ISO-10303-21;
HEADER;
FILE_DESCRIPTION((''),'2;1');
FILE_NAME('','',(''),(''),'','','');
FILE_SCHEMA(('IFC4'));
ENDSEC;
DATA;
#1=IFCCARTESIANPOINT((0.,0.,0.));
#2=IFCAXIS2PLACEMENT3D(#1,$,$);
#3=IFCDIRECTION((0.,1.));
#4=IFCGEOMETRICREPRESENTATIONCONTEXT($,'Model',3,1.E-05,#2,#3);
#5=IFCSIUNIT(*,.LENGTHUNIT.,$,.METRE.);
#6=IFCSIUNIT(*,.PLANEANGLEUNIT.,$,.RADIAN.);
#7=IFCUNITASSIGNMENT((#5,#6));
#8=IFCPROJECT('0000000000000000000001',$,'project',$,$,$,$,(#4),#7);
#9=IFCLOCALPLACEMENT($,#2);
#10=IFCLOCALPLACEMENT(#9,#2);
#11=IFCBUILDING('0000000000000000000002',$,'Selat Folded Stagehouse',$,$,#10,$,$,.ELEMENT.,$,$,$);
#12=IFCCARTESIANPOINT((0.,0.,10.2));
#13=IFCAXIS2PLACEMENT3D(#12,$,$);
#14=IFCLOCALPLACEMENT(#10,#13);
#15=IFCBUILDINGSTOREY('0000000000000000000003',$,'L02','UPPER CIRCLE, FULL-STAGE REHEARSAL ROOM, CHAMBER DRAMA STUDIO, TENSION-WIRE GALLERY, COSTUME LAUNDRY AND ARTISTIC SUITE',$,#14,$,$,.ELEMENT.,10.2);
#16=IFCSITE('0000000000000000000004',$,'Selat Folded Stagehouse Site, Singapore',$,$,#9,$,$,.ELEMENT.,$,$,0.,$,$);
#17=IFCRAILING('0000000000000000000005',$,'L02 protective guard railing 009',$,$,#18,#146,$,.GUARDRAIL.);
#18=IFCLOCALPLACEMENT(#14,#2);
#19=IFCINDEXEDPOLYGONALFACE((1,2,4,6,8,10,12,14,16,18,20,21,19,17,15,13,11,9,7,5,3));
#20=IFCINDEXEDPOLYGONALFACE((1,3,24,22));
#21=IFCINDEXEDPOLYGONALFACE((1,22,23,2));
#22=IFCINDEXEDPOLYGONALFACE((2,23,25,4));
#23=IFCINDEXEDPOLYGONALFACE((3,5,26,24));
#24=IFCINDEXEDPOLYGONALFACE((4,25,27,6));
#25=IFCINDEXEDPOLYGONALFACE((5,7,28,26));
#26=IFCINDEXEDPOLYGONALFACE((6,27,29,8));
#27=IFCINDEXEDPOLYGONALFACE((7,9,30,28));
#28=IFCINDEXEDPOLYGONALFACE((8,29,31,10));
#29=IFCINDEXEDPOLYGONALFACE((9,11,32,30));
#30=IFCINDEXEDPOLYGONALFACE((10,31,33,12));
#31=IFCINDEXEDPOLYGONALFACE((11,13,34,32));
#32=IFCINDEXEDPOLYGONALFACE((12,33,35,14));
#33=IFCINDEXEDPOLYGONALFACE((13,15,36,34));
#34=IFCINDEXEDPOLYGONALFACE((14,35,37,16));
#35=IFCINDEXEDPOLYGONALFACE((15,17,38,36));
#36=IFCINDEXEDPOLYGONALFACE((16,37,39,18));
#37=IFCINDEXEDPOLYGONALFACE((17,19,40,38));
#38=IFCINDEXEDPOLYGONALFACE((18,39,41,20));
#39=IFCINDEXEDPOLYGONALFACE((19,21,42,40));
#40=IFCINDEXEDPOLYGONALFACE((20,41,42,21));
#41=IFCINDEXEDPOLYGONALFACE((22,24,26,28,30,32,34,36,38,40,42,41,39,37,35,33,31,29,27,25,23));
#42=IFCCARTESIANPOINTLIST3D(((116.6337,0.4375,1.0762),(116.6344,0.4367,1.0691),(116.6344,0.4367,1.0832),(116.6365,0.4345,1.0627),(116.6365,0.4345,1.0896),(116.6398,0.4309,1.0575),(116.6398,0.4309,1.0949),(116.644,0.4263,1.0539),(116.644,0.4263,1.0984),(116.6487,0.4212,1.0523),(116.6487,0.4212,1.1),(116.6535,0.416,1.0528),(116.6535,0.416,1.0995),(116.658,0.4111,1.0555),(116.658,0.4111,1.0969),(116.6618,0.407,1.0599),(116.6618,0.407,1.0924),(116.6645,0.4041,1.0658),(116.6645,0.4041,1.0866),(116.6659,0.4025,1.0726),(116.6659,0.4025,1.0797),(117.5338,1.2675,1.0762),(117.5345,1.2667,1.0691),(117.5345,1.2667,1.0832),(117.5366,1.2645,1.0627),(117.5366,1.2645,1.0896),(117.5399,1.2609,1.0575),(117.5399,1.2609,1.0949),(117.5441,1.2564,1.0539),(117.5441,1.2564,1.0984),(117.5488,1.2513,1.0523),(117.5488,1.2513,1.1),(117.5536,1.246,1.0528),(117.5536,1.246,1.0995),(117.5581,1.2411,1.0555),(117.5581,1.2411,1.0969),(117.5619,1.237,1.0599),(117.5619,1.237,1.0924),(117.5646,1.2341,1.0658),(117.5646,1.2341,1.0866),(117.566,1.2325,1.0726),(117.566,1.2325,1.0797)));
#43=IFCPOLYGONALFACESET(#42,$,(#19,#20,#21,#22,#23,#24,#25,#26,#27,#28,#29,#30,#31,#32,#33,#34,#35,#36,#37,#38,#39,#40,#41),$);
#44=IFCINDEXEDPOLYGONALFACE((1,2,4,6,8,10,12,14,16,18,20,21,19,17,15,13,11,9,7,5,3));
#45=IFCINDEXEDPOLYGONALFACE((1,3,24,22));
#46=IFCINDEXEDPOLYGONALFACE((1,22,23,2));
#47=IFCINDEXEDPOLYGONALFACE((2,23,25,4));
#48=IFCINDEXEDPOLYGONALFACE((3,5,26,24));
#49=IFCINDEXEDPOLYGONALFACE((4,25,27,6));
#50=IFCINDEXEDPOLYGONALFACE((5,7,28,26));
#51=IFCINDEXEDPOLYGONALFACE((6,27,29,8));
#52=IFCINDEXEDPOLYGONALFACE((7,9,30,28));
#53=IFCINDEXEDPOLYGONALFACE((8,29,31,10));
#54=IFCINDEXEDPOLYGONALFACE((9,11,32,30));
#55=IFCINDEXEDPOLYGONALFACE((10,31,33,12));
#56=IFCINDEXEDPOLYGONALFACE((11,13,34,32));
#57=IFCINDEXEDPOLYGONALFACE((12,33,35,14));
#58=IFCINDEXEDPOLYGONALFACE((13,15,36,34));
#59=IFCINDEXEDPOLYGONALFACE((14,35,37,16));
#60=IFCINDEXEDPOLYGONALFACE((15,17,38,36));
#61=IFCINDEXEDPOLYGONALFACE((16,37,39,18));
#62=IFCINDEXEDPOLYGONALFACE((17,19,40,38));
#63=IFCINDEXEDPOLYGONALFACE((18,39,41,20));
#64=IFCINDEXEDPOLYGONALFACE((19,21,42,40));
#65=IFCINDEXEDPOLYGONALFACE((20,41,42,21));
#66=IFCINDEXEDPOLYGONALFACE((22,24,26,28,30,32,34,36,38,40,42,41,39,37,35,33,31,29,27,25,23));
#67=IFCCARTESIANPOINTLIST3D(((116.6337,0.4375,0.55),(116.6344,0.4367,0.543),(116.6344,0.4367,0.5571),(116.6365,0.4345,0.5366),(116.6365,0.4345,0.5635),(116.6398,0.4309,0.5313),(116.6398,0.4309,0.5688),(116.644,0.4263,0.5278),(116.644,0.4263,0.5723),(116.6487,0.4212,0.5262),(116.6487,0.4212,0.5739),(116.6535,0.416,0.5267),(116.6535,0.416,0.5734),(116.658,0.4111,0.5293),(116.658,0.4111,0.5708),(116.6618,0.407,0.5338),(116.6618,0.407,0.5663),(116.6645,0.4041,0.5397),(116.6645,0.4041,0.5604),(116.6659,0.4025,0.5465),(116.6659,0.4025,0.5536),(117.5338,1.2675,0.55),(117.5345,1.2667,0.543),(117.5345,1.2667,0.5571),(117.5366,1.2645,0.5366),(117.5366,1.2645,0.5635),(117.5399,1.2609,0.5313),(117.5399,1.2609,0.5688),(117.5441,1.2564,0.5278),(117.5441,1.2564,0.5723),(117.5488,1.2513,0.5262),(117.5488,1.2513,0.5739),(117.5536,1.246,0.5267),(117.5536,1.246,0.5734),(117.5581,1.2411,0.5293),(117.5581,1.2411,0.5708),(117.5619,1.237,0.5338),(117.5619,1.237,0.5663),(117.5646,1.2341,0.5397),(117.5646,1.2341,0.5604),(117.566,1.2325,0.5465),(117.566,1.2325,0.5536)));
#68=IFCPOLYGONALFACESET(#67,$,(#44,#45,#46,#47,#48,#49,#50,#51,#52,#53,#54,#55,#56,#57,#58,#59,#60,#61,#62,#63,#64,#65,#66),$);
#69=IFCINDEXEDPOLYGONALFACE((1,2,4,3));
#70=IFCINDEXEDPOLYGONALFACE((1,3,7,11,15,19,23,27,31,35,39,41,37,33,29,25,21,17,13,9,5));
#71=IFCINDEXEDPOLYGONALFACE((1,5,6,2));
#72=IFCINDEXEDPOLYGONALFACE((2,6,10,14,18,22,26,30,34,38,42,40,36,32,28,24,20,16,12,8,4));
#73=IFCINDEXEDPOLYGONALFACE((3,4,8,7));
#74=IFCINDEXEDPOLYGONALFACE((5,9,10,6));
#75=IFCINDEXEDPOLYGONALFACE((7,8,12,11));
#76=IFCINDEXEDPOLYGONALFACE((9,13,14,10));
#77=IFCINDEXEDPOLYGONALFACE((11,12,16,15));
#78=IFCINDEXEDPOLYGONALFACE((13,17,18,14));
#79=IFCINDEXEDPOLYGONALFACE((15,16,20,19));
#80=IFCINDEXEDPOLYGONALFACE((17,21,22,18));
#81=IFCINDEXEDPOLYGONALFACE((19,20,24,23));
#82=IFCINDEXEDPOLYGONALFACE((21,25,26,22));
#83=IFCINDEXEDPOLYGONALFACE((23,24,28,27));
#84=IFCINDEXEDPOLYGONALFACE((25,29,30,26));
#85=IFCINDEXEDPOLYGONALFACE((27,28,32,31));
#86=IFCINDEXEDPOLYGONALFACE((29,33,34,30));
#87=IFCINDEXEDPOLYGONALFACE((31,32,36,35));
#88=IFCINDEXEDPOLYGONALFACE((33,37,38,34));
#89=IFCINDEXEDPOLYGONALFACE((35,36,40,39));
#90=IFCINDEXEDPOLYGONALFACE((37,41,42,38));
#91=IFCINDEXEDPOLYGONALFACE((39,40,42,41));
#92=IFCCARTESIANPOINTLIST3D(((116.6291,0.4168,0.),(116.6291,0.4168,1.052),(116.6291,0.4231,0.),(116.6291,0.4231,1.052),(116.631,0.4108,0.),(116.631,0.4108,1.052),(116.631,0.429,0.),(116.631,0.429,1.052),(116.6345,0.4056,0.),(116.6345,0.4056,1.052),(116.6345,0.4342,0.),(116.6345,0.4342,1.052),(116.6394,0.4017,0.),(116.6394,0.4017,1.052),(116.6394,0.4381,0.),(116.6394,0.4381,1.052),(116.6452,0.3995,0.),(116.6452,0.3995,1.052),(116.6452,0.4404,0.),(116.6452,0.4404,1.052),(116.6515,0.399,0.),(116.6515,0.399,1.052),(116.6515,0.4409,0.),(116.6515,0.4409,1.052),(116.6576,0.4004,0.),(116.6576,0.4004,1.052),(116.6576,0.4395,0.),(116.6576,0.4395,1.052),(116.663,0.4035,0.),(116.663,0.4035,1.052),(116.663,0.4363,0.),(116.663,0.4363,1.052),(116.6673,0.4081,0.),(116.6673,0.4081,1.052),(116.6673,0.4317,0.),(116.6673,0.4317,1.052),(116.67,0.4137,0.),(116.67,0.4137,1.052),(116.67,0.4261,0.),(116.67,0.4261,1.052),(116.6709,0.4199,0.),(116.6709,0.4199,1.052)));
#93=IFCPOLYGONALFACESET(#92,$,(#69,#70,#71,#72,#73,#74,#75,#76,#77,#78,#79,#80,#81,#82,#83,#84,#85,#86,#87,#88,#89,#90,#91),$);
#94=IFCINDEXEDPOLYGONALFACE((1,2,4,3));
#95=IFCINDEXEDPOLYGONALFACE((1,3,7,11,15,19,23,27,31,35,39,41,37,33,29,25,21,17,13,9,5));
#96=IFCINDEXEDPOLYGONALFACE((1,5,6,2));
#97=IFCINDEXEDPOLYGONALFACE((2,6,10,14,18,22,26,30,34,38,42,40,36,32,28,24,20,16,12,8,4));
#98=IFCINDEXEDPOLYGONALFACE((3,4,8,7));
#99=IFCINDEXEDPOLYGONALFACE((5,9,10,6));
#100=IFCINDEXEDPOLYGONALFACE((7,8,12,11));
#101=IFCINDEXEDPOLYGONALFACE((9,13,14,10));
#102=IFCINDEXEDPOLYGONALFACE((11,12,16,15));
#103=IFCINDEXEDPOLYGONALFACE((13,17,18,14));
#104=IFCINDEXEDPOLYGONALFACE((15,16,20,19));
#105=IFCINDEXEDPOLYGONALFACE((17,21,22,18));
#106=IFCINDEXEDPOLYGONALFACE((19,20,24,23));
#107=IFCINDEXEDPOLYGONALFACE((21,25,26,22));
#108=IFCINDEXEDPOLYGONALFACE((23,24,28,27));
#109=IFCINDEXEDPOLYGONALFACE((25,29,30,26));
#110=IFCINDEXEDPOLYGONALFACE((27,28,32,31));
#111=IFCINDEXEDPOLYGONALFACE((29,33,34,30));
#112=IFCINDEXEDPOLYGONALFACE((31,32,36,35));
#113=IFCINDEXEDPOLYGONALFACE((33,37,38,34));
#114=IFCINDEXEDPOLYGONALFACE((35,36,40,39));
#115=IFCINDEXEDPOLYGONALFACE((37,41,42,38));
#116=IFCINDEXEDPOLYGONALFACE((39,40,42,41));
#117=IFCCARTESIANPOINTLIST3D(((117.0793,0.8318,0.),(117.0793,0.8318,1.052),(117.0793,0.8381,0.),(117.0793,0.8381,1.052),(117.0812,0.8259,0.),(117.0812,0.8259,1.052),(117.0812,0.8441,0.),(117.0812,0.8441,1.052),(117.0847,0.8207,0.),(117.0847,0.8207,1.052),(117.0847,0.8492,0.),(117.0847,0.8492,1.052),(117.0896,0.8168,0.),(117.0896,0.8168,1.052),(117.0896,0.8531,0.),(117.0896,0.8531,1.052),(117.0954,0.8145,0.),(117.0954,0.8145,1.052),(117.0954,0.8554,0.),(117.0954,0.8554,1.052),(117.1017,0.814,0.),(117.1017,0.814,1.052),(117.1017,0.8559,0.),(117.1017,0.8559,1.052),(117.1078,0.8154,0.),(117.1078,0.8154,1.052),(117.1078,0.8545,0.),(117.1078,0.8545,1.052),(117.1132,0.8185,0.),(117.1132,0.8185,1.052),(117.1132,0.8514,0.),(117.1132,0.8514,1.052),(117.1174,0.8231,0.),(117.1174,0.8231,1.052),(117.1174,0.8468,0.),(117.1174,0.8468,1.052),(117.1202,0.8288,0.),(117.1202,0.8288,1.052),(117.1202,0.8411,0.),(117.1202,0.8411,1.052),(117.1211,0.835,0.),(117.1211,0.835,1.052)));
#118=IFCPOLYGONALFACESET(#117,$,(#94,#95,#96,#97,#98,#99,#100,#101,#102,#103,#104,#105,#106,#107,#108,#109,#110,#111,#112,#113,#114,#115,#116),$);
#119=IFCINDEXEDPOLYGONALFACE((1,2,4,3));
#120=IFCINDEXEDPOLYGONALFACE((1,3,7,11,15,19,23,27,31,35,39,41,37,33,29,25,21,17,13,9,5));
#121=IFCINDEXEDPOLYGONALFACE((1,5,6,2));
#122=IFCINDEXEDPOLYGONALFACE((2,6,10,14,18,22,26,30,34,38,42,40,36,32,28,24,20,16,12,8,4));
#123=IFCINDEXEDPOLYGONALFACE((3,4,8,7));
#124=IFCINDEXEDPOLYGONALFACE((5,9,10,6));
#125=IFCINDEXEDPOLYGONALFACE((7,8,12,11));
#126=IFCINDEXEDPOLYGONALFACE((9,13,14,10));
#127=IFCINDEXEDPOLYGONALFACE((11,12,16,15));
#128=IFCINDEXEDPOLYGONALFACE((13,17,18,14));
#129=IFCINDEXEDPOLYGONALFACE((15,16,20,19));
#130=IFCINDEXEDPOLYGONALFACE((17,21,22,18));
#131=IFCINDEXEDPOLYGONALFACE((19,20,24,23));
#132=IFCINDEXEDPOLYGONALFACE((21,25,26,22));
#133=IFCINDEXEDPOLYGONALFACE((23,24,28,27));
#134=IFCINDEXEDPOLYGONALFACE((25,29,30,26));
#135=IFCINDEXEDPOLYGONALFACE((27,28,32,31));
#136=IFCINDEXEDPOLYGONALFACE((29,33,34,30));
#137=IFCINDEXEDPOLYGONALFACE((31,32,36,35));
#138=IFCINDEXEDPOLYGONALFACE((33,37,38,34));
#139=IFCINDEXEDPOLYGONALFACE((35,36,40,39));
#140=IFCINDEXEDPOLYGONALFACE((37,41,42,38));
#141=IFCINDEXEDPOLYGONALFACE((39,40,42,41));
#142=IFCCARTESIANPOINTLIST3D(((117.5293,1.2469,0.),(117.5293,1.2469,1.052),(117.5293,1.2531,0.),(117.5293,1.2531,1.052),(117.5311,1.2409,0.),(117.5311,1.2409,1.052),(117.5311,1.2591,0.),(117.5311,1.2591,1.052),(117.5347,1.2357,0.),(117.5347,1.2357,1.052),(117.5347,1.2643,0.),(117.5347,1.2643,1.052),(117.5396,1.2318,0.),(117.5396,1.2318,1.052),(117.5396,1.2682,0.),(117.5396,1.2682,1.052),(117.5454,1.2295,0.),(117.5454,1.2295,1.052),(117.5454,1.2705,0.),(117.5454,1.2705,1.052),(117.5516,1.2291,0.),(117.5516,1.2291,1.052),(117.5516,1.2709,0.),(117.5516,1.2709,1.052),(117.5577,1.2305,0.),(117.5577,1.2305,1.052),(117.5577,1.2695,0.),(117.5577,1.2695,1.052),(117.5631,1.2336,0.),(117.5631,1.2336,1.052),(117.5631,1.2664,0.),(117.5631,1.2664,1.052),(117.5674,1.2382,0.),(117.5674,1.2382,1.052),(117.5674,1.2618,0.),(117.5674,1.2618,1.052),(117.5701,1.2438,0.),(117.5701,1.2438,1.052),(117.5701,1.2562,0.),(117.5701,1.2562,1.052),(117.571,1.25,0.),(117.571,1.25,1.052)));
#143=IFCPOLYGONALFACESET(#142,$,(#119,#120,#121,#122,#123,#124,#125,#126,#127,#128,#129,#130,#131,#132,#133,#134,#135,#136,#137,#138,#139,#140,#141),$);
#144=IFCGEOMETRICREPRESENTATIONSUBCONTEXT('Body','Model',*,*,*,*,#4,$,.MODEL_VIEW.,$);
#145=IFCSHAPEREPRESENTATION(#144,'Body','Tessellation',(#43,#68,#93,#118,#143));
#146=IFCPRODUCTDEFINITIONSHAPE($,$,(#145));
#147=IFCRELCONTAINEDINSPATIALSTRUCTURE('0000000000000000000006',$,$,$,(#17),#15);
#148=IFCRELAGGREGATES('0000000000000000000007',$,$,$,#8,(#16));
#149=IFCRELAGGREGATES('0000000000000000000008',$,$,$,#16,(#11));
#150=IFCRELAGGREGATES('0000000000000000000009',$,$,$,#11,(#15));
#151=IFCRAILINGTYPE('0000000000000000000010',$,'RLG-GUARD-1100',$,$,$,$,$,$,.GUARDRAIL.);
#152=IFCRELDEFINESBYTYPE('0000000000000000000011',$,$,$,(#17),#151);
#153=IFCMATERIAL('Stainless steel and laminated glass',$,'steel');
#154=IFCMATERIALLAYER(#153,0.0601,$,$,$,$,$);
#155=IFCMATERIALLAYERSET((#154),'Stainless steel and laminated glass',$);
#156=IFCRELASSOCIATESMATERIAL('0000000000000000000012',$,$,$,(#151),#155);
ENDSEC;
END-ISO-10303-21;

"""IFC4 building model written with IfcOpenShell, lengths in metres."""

from ifc_helpers import new_model, si_unit, direction, frame, origin, origin_2d, place, context, subcontext, project, spatial, circle, extrude, material, layer, layer_set, type_object, element, save


model = new_model("IFC4")

# Units and contexts
model_context = context("Model", 3, precision=1e-05, world=origin(), true_north=direction((0.0, 1.0)))
body_context = subcontext(model_context, "Body", "Model", "MODEL_VIEW")
ifc_project = project(units=[si_unit("LENGTHUNIT", "METRE"), si_unit("PLANEANGLEUNIT", "RADIAN")], contexts=[model_context])

# Site, building, storey
site_placement = place(None, origin())
site = spatial("IfcSite", under=ifc_project, at=site_placement, Name="Selat Folded Stagehouse Site, Singapore", CompositionType="ELEMENT", RefElevation=0.0)
building_placement = place(site_placement, origin())
building = spatial("IfcBuilding", under=site, at=building_placement, Name="Selat Folded Stagehouse", CompositionType="ELEMENT")
storey_placement = place(building_placement, frame((0.0, 0.0, 10.2)))
storey = spatial("IfcBuildingStorey", under=building, at=storey_placement, Name="L02", Description="UPPER CIRCLE, FULL-STAGE REHEARSAL ROOM, CHAMBER DRAMA STUDIO, TENSION-WIRE GALLERY, COSTUME LAUNDRY AND ARTISTIC SUITE", CompositionType="ELEMENT", Elevation=10.2)

# Railing
ifc_material_1 = material(Name="Stainless steel and laminated glass", Category="steel")
ifc_layer_1 = layer(ifc_material_1, 0.0601)
ifc_layer_set_1 = layer_set([ifc_layer_1], Name="Stainless steel and laminated glass")
railing_type_1 = type_object("IfcRailingType", Name="RLG-GUARD-1100", PredefinedType="GUARDRAIL", material=ifc_layer_set_1)
railing_1_placement = place(storey_placement, frame((116.6499, 0.4199, 0.0)))
element("IfcRailing", 1, at=railing_1_placement, inside=storey, type_object=railing_type_1, Name="L02 protective guard railing 009", PredefinedType="GUARDRAIL", context=body_context, shape_type="SweptSolid", body=[
    extrude(circle(Radius=0.0239, at=origin_2d()), frame((0.0, 0.0, 1.0762), z_axis=(0.73514, 0.677916, 0.0), x_axis=(-0.677916, 0.73514, 0.0)), (0.0, 0.0, 1.0), 1.2244),
    extrude(circle(Radius=0.0239, at=origin_2d()), frame((0.0, 0.0, 0.55), z_axis=(0.73514, 0.677916, 0.0), x_axis=(-0.677916, 0.73514, 0.0)), (0.0, 0.0, 1.0), 1.2244),
    extrude(circle(Radius=0.021, at=origin_2d()), origin(), (0.0, 0.0, 1.0), 1.052),
    extrude(circle(Radius=0.021, at=origin_2d()), frame((0.4502, 0.415, 0.0)), (0.0, 0.0, 1.0), 1.052),
    extrude(circle(Radius=0.021, at=origin_2d()), frame((0.9001, 0.8301, 0.0)), (0.0, 0.0, 1.0), 1.052),
])

save(model, "model.ifc")
